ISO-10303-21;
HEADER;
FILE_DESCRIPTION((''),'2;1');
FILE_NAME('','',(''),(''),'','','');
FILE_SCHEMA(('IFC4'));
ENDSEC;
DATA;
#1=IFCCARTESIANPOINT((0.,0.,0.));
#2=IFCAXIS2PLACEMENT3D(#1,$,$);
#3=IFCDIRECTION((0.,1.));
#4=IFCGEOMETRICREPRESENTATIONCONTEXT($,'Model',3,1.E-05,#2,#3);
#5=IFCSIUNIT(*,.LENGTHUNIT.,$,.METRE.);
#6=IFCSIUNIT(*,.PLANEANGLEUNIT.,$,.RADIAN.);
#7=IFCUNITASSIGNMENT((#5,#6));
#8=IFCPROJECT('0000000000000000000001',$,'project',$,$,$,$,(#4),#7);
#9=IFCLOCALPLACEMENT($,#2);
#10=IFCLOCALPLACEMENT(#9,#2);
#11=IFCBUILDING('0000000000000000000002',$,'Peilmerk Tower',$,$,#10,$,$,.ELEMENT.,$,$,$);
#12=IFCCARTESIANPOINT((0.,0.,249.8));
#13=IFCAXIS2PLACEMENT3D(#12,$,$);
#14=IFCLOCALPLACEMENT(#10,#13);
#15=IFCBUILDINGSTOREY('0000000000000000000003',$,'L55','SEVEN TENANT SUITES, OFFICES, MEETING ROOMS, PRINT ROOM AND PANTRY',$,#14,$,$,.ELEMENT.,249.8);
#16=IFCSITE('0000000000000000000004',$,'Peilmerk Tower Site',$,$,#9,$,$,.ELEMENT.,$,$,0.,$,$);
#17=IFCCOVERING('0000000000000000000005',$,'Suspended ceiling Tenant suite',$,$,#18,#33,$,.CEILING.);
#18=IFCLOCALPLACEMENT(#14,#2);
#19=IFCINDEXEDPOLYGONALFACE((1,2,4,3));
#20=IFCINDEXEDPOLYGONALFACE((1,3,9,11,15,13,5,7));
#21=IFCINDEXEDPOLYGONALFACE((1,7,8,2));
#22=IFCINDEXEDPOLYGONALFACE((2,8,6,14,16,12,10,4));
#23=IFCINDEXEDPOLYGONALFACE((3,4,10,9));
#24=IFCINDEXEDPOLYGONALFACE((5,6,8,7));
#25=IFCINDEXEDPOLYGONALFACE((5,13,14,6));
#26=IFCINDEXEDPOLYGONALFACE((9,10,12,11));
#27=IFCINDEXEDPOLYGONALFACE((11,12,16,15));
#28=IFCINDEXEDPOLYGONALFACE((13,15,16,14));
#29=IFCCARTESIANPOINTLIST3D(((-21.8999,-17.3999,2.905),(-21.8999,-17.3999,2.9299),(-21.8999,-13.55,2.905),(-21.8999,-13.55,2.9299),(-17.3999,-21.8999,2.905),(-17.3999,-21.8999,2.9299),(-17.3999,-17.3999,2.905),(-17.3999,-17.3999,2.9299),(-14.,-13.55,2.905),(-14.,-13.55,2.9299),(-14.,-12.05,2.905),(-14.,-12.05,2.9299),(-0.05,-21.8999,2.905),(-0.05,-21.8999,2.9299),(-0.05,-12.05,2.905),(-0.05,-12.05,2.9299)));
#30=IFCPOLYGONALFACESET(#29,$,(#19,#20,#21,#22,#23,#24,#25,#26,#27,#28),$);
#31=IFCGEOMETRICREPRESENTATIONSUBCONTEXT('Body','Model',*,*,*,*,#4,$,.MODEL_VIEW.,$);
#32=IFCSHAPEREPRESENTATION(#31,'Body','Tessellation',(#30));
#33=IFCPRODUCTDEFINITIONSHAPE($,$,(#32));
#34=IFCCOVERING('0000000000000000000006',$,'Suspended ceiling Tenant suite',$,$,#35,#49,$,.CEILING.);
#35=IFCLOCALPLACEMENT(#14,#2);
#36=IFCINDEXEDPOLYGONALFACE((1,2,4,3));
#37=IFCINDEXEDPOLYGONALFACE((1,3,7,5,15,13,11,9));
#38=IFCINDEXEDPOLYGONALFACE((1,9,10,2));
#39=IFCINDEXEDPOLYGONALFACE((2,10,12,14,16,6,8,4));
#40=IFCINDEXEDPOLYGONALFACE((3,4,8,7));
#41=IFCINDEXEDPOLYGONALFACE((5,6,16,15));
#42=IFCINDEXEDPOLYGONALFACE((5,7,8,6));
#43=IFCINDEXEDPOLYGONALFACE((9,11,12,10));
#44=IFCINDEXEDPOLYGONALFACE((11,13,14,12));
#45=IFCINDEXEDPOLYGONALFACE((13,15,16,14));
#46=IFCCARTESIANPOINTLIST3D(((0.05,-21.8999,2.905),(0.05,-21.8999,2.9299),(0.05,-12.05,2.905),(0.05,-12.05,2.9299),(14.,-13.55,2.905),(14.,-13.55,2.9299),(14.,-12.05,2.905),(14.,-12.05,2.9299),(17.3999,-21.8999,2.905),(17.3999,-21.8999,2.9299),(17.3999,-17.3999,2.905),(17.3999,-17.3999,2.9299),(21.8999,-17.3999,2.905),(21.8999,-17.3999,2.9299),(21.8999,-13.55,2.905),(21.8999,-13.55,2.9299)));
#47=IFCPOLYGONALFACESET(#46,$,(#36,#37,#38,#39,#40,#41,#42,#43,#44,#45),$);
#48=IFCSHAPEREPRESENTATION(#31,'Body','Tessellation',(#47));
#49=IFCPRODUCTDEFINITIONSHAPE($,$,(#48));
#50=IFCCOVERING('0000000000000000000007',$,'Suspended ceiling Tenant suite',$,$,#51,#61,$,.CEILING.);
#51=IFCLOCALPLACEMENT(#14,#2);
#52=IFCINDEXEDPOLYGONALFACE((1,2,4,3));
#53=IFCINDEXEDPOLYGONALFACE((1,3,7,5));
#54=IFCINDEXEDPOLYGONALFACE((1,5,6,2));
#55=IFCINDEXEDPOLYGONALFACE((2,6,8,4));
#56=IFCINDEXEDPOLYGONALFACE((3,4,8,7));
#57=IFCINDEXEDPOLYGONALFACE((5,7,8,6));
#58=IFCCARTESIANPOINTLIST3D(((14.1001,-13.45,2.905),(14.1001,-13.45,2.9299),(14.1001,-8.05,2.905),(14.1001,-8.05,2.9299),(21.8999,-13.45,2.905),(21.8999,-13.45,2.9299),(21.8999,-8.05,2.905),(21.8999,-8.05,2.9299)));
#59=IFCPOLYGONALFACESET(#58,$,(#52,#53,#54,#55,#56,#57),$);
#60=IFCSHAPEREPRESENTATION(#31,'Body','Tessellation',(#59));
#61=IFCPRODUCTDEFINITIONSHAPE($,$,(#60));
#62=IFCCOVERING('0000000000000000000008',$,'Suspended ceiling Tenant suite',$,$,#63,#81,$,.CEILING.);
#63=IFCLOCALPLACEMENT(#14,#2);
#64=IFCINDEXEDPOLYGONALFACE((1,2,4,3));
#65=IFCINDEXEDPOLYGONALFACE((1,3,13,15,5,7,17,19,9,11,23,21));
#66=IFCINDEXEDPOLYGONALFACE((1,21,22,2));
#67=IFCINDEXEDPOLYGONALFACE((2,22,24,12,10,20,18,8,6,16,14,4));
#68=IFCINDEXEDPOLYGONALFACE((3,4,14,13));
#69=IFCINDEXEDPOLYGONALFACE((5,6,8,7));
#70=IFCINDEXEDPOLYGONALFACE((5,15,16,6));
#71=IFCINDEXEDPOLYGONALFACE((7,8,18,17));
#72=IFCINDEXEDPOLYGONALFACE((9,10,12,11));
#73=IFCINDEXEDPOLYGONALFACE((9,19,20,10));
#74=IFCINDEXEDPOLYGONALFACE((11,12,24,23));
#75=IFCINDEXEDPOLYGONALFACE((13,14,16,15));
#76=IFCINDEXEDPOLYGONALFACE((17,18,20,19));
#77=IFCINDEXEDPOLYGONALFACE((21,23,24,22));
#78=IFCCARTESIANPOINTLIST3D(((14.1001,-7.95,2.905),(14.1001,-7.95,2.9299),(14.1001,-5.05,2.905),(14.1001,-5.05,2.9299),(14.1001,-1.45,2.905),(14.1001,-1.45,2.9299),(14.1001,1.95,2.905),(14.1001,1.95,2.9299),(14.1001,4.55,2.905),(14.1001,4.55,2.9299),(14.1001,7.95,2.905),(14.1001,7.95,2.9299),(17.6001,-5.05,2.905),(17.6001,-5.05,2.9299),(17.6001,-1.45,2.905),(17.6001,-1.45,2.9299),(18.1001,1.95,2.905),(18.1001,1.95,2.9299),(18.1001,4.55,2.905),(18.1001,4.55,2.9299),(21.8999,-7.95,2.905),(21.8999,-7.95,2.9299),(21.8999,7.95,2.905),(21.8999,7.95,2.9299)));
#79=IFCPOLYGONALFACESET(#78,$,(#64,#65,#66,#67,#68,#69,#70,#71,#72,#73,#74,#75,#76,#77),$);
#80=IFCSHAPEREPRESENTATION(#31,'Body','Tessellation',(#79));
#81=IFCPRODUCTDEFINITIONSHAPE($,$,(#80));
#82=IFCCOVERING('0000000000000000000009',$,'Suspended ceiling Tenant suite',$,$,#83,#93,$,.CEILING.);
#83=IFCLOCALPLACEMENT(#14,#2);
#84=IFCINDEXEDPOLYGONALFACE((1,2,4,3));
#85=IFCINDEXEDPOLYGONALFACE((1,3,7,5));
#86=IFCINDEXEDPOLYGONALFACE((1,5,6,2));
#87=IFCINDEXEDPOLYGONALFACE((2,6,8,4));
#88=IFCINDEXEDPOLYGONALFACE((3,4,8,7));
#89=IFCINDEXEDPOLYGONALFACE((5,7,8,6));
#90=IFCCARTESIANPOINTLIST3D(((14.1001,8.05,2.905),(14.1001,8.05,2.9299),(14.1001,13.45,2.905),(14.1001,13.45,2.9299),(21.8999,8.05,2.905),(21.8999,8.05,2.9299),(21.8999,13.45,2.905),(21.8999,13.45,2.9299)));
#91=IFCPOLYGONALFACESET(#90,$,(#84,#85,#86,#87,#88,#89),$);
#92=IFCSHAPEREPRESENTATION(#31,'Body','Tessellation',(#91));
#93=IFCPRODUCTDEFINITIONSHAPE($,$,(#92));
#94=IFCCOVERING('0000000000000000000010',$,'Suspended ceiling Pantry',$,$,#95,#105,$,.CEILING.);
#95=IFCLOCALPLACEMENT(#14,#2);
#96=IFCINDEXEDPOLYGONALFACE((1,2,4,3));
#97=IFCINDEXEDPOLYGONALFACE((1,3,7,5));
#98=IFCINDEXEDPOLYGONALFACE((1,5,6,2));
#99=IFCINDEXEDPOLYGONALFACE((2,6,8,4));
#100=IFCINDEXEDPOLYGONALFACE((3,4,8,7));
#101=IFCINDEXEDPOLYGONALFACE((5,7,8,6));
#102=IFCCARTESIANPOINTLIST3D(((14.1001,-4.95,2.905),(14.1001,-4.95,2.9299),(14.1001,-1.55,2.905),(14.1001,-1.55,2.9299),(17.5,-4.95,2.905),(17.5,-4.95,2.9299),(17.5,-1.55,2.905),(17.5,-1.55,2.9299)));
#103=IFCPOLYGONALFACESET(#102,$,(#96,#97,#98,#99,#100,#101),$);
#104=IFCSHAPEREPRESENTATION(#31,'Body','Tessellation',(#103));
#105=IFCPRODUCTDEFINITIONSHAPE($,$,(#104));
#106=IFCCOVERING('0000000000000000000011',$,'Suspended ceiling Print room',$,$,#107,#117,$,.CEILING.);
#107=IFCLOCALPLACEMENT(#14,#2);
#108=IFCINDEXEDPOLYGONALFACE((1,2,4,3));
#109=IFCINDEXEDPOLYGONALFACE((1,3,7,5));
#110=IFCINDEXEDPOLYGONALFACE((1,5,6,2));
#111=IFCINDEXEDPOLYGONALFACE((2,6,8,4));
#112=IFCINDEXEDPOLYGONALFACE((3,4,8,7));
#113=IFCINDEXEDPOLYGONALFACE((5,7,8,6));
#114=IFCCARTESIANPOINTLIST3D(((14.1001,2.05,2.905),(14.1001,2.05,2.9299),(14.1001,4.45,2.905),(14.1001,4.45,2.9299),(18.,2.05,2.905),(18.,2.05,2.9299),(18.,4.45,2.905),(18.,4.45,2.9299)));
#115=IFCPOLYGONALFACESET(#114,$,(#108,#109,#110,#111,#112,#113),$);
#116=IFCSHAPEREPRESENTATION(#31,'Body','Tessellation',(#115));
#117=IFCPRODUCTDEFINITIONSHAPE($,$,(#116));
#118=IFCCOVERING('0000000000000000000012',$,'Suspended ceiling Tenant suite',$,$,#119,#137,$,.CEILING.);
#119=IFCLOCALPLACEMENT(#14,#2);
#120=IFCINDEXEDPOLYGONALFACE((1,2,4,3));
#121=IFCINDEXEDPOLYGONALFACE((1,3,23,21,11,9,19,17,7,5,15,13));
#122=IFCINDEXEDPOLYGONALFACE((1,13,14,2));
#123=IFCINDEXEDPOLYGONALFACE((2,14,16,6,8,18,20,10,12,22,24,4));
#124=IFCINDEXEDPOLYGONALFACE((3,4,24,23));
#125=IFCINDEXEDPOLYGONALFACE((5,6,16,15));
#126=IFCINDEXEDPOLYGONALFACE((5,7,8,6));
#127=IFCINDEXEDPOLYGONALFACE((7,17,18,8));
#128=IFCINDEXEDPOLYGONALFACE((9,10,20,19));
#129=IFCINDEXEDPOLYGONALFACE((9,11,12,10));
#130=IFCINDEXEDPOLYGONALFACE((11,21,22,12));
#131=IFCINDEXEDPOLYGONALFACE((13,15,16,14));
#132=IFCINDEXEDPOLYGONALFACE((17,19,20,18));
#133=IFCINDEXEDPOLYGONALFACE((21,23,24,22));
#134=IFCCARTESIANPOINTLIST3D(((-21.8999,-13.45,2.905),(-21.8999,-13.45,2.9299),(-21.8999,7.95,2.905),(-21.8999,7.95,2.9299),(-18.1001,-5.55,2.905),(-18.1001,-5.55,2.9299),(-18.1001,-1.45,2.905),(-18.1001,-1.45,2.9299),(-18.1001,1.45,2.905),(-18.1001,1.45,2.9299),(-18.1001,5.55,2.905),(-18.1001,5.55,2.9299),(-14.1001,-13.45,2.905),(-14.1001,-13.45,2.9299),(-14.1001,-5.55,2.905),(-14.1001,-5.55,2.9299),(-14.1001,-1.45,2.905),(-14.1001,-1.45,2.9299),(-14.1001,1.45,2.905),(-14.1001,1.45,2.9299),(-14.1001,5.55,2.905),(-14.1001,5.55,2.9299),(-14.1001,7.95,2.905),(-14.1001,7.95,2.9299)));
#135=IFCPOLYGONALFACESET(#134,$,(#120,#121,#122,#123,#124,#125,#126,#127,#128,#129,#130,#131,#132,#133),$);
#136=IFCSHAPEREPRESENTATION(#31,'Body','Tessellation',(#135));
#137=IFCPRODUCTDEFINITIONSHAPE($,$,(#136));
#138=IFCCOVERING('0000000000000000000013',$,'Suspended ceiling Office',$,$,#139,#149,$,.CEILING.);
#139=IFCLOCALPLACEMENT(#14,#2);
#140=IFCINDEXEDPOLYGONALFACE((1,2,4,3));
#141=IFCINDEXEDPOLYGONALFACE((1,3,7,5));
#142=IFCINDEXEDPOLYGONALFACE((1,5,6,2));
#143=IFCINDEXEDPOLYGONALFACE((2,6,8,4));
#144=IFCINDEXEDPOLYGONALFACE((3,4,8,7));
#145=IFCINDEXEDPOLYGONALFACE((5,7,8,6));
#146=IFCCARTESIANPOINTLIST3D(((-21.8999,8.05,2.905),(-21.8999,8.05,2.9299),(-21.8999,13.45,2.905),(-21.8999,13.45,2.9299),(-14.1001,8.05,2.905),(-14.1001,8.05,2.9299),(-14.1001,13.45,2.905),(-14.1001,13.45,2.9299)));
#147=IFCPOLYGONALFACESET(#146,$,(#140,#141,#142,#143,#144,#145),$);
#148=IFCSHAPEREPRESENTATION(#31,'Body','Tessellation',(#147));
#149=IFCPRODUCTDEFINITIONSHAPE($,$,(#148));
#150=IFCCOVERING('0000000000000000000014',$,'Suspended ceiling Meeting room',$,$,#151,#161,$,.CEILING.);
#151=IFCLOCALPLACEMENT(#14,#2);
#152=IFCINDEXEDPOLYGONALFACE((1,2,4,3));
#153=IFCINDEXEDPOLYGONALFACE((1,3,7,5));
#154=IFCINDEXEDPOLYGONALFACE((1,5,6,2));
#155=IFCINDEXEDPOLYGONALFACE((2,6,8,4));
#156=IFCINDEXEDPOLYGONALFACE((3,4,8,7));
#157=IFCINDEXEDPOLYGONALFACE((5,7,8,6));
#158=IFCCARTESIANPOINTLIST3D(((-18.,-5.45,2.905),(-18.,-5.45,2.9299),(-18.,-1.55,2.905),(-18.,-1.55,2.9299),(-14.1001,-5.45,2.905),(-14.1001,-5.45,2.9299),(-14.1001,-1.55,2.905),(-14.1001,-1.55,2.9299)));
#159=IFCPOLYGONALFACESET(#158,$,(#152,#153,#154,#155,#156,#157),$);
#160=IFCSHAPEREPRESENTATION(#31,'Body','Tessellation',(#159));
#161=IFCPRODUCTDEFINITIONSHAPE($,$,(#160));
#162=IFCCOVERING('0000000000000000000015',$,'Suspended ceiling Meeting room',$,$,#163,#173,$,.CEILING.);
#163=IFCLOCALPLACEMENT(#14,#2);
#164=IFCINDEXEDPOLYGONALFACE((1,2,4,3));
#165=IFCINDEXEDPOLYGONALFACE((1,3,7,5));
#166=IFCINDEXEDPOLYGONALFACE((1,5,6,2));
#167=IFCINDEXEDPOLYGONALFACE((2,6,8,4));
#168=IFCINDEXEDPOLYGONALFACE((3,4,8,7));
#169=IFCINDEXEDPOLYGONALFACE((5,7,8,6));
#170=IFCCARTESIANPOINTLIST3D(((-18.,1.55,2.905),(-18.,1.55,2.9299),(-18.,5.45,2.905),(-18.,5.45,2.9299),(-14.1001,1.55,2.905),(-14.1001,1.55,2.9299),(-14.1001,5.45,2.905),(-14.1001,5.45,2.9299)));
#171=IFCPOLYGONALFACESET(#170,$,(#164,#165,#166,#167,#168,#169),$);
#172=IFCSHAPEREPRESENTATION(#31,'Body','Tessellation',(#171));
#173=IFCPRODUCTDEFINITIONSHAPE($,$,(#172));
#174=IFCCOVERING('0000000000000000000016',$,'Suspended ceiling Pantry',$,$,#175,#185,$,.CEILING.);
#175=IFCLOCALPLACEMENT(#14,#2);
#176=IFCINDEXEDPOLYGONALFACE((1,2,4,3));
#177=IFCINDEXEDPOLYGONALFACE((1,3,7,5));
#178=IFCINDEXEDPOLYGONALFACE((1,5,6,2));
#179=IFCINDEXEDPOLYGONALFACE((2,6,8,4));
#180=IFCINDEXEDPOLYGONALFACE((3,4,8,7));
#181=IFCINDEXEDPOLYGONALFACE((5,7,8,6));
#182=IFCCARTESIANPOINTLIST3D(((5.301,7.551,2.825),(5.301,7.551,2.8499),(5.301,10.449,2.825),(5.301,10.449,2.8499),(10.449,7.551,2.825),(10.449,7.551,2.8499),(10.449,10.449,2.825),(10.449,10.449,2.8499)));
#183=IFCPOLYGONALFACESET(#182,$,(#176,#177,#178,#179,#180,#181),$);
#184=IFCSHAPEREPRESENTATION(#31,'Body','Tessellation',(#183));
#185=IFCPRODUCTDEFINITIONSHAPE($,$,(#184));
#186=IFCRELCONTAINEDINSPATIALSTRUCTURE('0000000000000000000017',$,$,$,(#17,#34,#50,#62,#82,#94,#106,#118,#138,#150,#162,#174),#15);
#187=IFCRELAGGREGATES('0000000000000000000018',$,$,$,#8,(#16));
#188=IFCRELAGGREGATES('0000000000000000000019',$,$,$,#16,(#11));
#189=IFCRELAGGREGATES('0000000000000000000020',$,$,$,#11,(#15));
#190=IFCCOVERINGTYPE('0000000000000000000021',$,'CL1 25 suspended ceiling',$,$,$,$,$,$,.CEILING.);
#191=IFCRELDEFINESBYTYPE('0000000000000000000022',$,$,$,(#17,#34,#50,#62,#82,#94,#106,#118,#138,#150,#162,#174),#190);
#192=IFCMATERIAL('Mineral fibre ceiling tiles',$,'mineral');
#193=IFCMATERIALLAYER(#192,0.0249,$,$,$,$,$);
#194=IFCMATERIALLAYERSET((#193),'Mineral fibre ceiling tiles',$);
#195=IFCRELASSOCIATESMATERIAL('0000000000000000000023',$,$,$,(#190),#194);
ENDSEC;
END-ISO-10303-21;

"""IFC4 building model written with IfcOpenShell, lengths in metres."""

from ifc_helpers import new_model, si_unit, direction, frame, origin, place, context, subcontext, project, spatial, polyline, outline, extrude, material, layer, layer_set, type_object, element, save


model = new_model("IFC4")

# Units and contexts
model_context = context("Model", 3, precision=1e-05, world=origin(), true_north=direction((0.0, 1.0)))
body_context = subcontext(model_context, "Body", "Model", "MODEL_VIEW")
ifc_project = project(units=[si_unit("LENGTHUNIT", "METRE"), si_unit("PLANEANGLEUNIT", "RADIAN")], contexts=[model_context])

# Site, building, storey
site_placement = place(None, origin())
site = spatial("IfcSite", under=ifc_project, at=site_placement, Name="Peilmerk Tower Site", CompositionType="ELEMENT", RefElevation=0.0)
building_placement = place(site_placement, origin())
building = spatial("IfcBuilding", under=site, at=building_placement, Name="Peilmerk Tower", CompositionType="ELEMENT")
storey_placement = place(building_placement, frame((0.0, 0.0, 249.8)))
storey = spatial("IfcBuildingStorey", under=building, at=storey_placement, Name="L55", Description="SEVEN TENANT SUITES, OFFICES, MEETING ROOMS, PRINT ROOM AND PANTRY", CompositionType="ELEMENT", Elevation=249.8)

# Coverings
ifc_material_1 = material(Name="Mineral fibre ceiling tiles", Category="mineral")
ifc_layer_1 = layer(ifc_material_1, 0.0249)
ifc_layer_set_1 = layer_set([ifc_layer_1], Name="Mineral fibre ceiling tiles")
covering_type = type_object("IfcCoveringType", Name="CL1 25 suspended ceiling", PredefinedType="CEILING", material=ifc_layer_set_1)
covering_1_placement = place(storey_placement, frame((0.0, 0.0, 2.905)))
element("IfcCovering", 1, at=covering_1_placement, inside=storey, type_object=covering_type, Name="Suspended ceiling Tenant suite", PredefinedType="CEILING", context=body_context, shape_type="SweptSolid", body=[
    extrude(outline(polyline([(-17.3999, -21.8999), (-0.05, -21.8999), (-0.05, -12.05), (-14.0, -12.05), (-14.0, -13.55), (-21.8999, -13.55), (-21.8999, -17.3999), (-17.3999, -17.3999), (-17.3999, -21.8999)])), origin(), (0.0, 0.0, 1.0), 0.0249),
])
covering_2_placement = place(storey_placement, frame((0.0, 0.0, 2.905)))
element("IfcCovering", 2, at=covering_2_placement, inside=storey, type_object=covering_type, Name="Suspended ceiling Tenant suite", PredefinedType="CEILING", context=body_context, shape_type="SweptSolid", body=[
    extrude(outline(polyline([(0.05, -21.8999), (17.3999, -21.8999), (17.3999, -17.3999), (21.8999, -17.3999), (21.8999, -13.55), (14.0, -13.55), (14.0, -12.05), (0.05, -12.05), (0.05, -21.8999)])), origin(), (0.0, 0.0, 1.0), 0.0249),
])
covering_3_placement = place(storey_placement, frame((0.0, 0.0, 2.905)))
element("IfcCovering", 3, at=covering_3_placement, inside=storey, type_object=covering_type, Name="Suspended ceiling Tenant suite", PredefinedType="CEILING", context=body_context, shape_type="SweptSolid", body=[
    extrude(outline(polyline([(21.8999, -13.45), (21.8999, -8.05), (14.1001, -8.05), (14.1001, -13.45), (21.8999, -13.45)])), origin(), (0.0, 0.0, 1.0), 0.0249),
])
covering_4_placement = place(storey_placement, frame((0.0, 0.0, 2.905)))
element("IfcCovering", 4, at=covering_4_placement, inside=storey, type_object=covering_type, Name="Suspended ceiling Tenant suite", PredefinedType="CEILING", context=body_context, shape_type="SweptSolid", body=[
    extrude(outline(polyline([(14.1001, -7.95), (21.8999, -7.95), (21.8999, 7.95), (14.1001, 7.95), (14.1001, 4.55), (18.1001, 4.55), (18.1001, 1.95), (14.1001, 1.95), (14.1001, -1.45), (17.6001, -1.45), (17.6001, -5.05), (14.1001, -5.05), (14.1001, -7.95)])), origin(), (0.0, 0.0, 1.0), 0.0249),
])
covering_5_placement = place(storey_placement, frame((0.0, 0.0, 2.905)))
element("IfcCovering", 5, at=covering_5_placement, inside=storey, type_object=covering_type, Name="Suspended ceiling Tenant suite", PredefinedType="CEILING", context=body_context, shape_type="SweptSolid", body=[
    extrude(outline(polyline([(21.8999, 8.05), (21.8999, 13.45), (14.1001, 13.45), (14.1001, 8.05), (21.8999, 8.05)])), origin(), (0.0, 0.0, 1.0), 0.0249),
])
covering_6_placement = place(storey_placement, frame((0.0, 0.0, 2.905)))
element("IfcCovering", 6, at=covering_6_placement, inside=storey, type_object=covering_type, Name="Suspended ceiling Pantry", PredefinedType="CEILING", context=body_context, shape_type="SweptSolid", body=[
    extrude(outline(polyline([(17.5, -4.95), (17.5, -1.55), (14.1001, -1.55), (14.1001, -4.95), (17.5, -4.95)])), origin(), (0.0, 0.0, 1.0), 0.0249),
])
covering_7_placement = place(storey_placement, frame((0.0, 0.0, 2.905)))
element("IfcCovering", 7, at=covering_7_placement, inside=storey, type_object=covering_type, Name="Suspended ceiling Print room", PredefinedType="CEILING", context=body_context, shape_type="SweptSolid", body=[
    extrude(outline(polyline([(18.0, 2.05), (18.0, 4.45), (14.1001, 4.45), (14.1001, 2.05), (18.0, 2.05)])), origin(), (0.0, 0.0, 1.0), 0.0249),
])
covering_8_placement = place(storey_placement, frame((0.0, 0.0, 2.905)))
element("IfcCovering", 8, at=covering_8_placement, inside=storey, type_object=covering_type, Name="Suspended ceiling Tenant suite", PredefinedType="CEILING", context=body_context, shape_type="SweptSolid", body=[
    extrude(outline(polyline([(-14.1001, 7.95), (-21.8999, 7.95), (-21.8999, -13.45), (-14.1001, -13.45), (-14.1001, -5.55), (-18.1001, -5.55), (-18.1001, -1.45), (-14.1001, -1.45), (-14.1001, 1.45), (-18.1001, 1.45), (-18.1001, 5.55), (-14.1001, 5.55), (-14.1001, 7.95)])), origin(), (0.0, 0.0, 1.0), 0.0249),
])
covering_9_placement = place(storey_placement, frame((0.0, 0.0, 2.905)))
element("IfcCovering", 9, at=covering_9_placement, inside=storey, type_object=covering_type, Name="Suspended ceiling Office", PredefinedType="CEILING", context=body_context, shape_type="SweptSolid", body=[
    extrude(outline(polyline([(-21.8999, 13.45), (-21.8999, 8.05), (-14.1001, 8.05), (-14.1001, 13.45), (-21.8999, 13.45)])), origin(), (0.0, 0.0, 1.0), 0.0249),
])
covering_10_placement = place(storey_placement, frame((0.0, 0.0, 2.905)))
element("IfcCovering", 10, at=covering_10_placement, inside=storey, type_object=covering_type, Name="Suspended ceiling Meeting room", PredefinedType="CEILING", context=body_context, shape_type="SweptSolid", body=[
    extrude(outline(polyline([(-14.1001, -5.45), (-14.1001, -1.55), (-18.0, -1.55), (-18.0, -5.45), (-14.1001, -5.45)])), origin(), (0.0, 0.0, 1.0), 0.0249),
])
covering_11_placement = place(storey_placement, frame((0.0, 0.0, 2.905)))
element("IfcCovering", 11, at=covering_11_placement, inside=storey, type_object=covering_type, Name="Suspended ceiling Meeting room", PredefinedType="CEILING", context=body_context, shape_type="SweptSolid", body=[
    extrude(outline(polyline([(-14.1001, 1.55), (-14.1001, 5.45), (-18.0, 5.45), (-18.0, 1.55), (-14.1001, 1.55)])), origin(), (0.0, 0.0, 1.0), 0.0249),
])
covering_12_placement = place(storey_placement, frame((0.0, 0.0, 2.825)))
element("IfcCovering", 12, at=covering_12_placement, inside=storey, type_object=covering_type, Name="Suspended ceiling Pantry", PredefinedType="CEILING", context=body_context, shape_type="SweptSolid", body=[
    extrude(outline(polyline([(10.449, 7.551), (10.449, 10.449), (5.301, 10.449), (5.301, 7.551), (10.449, 7.551)])), origin(), (0.0, 0.0, 1.0), 0.0249),
])

save(model, "model.ifc")
